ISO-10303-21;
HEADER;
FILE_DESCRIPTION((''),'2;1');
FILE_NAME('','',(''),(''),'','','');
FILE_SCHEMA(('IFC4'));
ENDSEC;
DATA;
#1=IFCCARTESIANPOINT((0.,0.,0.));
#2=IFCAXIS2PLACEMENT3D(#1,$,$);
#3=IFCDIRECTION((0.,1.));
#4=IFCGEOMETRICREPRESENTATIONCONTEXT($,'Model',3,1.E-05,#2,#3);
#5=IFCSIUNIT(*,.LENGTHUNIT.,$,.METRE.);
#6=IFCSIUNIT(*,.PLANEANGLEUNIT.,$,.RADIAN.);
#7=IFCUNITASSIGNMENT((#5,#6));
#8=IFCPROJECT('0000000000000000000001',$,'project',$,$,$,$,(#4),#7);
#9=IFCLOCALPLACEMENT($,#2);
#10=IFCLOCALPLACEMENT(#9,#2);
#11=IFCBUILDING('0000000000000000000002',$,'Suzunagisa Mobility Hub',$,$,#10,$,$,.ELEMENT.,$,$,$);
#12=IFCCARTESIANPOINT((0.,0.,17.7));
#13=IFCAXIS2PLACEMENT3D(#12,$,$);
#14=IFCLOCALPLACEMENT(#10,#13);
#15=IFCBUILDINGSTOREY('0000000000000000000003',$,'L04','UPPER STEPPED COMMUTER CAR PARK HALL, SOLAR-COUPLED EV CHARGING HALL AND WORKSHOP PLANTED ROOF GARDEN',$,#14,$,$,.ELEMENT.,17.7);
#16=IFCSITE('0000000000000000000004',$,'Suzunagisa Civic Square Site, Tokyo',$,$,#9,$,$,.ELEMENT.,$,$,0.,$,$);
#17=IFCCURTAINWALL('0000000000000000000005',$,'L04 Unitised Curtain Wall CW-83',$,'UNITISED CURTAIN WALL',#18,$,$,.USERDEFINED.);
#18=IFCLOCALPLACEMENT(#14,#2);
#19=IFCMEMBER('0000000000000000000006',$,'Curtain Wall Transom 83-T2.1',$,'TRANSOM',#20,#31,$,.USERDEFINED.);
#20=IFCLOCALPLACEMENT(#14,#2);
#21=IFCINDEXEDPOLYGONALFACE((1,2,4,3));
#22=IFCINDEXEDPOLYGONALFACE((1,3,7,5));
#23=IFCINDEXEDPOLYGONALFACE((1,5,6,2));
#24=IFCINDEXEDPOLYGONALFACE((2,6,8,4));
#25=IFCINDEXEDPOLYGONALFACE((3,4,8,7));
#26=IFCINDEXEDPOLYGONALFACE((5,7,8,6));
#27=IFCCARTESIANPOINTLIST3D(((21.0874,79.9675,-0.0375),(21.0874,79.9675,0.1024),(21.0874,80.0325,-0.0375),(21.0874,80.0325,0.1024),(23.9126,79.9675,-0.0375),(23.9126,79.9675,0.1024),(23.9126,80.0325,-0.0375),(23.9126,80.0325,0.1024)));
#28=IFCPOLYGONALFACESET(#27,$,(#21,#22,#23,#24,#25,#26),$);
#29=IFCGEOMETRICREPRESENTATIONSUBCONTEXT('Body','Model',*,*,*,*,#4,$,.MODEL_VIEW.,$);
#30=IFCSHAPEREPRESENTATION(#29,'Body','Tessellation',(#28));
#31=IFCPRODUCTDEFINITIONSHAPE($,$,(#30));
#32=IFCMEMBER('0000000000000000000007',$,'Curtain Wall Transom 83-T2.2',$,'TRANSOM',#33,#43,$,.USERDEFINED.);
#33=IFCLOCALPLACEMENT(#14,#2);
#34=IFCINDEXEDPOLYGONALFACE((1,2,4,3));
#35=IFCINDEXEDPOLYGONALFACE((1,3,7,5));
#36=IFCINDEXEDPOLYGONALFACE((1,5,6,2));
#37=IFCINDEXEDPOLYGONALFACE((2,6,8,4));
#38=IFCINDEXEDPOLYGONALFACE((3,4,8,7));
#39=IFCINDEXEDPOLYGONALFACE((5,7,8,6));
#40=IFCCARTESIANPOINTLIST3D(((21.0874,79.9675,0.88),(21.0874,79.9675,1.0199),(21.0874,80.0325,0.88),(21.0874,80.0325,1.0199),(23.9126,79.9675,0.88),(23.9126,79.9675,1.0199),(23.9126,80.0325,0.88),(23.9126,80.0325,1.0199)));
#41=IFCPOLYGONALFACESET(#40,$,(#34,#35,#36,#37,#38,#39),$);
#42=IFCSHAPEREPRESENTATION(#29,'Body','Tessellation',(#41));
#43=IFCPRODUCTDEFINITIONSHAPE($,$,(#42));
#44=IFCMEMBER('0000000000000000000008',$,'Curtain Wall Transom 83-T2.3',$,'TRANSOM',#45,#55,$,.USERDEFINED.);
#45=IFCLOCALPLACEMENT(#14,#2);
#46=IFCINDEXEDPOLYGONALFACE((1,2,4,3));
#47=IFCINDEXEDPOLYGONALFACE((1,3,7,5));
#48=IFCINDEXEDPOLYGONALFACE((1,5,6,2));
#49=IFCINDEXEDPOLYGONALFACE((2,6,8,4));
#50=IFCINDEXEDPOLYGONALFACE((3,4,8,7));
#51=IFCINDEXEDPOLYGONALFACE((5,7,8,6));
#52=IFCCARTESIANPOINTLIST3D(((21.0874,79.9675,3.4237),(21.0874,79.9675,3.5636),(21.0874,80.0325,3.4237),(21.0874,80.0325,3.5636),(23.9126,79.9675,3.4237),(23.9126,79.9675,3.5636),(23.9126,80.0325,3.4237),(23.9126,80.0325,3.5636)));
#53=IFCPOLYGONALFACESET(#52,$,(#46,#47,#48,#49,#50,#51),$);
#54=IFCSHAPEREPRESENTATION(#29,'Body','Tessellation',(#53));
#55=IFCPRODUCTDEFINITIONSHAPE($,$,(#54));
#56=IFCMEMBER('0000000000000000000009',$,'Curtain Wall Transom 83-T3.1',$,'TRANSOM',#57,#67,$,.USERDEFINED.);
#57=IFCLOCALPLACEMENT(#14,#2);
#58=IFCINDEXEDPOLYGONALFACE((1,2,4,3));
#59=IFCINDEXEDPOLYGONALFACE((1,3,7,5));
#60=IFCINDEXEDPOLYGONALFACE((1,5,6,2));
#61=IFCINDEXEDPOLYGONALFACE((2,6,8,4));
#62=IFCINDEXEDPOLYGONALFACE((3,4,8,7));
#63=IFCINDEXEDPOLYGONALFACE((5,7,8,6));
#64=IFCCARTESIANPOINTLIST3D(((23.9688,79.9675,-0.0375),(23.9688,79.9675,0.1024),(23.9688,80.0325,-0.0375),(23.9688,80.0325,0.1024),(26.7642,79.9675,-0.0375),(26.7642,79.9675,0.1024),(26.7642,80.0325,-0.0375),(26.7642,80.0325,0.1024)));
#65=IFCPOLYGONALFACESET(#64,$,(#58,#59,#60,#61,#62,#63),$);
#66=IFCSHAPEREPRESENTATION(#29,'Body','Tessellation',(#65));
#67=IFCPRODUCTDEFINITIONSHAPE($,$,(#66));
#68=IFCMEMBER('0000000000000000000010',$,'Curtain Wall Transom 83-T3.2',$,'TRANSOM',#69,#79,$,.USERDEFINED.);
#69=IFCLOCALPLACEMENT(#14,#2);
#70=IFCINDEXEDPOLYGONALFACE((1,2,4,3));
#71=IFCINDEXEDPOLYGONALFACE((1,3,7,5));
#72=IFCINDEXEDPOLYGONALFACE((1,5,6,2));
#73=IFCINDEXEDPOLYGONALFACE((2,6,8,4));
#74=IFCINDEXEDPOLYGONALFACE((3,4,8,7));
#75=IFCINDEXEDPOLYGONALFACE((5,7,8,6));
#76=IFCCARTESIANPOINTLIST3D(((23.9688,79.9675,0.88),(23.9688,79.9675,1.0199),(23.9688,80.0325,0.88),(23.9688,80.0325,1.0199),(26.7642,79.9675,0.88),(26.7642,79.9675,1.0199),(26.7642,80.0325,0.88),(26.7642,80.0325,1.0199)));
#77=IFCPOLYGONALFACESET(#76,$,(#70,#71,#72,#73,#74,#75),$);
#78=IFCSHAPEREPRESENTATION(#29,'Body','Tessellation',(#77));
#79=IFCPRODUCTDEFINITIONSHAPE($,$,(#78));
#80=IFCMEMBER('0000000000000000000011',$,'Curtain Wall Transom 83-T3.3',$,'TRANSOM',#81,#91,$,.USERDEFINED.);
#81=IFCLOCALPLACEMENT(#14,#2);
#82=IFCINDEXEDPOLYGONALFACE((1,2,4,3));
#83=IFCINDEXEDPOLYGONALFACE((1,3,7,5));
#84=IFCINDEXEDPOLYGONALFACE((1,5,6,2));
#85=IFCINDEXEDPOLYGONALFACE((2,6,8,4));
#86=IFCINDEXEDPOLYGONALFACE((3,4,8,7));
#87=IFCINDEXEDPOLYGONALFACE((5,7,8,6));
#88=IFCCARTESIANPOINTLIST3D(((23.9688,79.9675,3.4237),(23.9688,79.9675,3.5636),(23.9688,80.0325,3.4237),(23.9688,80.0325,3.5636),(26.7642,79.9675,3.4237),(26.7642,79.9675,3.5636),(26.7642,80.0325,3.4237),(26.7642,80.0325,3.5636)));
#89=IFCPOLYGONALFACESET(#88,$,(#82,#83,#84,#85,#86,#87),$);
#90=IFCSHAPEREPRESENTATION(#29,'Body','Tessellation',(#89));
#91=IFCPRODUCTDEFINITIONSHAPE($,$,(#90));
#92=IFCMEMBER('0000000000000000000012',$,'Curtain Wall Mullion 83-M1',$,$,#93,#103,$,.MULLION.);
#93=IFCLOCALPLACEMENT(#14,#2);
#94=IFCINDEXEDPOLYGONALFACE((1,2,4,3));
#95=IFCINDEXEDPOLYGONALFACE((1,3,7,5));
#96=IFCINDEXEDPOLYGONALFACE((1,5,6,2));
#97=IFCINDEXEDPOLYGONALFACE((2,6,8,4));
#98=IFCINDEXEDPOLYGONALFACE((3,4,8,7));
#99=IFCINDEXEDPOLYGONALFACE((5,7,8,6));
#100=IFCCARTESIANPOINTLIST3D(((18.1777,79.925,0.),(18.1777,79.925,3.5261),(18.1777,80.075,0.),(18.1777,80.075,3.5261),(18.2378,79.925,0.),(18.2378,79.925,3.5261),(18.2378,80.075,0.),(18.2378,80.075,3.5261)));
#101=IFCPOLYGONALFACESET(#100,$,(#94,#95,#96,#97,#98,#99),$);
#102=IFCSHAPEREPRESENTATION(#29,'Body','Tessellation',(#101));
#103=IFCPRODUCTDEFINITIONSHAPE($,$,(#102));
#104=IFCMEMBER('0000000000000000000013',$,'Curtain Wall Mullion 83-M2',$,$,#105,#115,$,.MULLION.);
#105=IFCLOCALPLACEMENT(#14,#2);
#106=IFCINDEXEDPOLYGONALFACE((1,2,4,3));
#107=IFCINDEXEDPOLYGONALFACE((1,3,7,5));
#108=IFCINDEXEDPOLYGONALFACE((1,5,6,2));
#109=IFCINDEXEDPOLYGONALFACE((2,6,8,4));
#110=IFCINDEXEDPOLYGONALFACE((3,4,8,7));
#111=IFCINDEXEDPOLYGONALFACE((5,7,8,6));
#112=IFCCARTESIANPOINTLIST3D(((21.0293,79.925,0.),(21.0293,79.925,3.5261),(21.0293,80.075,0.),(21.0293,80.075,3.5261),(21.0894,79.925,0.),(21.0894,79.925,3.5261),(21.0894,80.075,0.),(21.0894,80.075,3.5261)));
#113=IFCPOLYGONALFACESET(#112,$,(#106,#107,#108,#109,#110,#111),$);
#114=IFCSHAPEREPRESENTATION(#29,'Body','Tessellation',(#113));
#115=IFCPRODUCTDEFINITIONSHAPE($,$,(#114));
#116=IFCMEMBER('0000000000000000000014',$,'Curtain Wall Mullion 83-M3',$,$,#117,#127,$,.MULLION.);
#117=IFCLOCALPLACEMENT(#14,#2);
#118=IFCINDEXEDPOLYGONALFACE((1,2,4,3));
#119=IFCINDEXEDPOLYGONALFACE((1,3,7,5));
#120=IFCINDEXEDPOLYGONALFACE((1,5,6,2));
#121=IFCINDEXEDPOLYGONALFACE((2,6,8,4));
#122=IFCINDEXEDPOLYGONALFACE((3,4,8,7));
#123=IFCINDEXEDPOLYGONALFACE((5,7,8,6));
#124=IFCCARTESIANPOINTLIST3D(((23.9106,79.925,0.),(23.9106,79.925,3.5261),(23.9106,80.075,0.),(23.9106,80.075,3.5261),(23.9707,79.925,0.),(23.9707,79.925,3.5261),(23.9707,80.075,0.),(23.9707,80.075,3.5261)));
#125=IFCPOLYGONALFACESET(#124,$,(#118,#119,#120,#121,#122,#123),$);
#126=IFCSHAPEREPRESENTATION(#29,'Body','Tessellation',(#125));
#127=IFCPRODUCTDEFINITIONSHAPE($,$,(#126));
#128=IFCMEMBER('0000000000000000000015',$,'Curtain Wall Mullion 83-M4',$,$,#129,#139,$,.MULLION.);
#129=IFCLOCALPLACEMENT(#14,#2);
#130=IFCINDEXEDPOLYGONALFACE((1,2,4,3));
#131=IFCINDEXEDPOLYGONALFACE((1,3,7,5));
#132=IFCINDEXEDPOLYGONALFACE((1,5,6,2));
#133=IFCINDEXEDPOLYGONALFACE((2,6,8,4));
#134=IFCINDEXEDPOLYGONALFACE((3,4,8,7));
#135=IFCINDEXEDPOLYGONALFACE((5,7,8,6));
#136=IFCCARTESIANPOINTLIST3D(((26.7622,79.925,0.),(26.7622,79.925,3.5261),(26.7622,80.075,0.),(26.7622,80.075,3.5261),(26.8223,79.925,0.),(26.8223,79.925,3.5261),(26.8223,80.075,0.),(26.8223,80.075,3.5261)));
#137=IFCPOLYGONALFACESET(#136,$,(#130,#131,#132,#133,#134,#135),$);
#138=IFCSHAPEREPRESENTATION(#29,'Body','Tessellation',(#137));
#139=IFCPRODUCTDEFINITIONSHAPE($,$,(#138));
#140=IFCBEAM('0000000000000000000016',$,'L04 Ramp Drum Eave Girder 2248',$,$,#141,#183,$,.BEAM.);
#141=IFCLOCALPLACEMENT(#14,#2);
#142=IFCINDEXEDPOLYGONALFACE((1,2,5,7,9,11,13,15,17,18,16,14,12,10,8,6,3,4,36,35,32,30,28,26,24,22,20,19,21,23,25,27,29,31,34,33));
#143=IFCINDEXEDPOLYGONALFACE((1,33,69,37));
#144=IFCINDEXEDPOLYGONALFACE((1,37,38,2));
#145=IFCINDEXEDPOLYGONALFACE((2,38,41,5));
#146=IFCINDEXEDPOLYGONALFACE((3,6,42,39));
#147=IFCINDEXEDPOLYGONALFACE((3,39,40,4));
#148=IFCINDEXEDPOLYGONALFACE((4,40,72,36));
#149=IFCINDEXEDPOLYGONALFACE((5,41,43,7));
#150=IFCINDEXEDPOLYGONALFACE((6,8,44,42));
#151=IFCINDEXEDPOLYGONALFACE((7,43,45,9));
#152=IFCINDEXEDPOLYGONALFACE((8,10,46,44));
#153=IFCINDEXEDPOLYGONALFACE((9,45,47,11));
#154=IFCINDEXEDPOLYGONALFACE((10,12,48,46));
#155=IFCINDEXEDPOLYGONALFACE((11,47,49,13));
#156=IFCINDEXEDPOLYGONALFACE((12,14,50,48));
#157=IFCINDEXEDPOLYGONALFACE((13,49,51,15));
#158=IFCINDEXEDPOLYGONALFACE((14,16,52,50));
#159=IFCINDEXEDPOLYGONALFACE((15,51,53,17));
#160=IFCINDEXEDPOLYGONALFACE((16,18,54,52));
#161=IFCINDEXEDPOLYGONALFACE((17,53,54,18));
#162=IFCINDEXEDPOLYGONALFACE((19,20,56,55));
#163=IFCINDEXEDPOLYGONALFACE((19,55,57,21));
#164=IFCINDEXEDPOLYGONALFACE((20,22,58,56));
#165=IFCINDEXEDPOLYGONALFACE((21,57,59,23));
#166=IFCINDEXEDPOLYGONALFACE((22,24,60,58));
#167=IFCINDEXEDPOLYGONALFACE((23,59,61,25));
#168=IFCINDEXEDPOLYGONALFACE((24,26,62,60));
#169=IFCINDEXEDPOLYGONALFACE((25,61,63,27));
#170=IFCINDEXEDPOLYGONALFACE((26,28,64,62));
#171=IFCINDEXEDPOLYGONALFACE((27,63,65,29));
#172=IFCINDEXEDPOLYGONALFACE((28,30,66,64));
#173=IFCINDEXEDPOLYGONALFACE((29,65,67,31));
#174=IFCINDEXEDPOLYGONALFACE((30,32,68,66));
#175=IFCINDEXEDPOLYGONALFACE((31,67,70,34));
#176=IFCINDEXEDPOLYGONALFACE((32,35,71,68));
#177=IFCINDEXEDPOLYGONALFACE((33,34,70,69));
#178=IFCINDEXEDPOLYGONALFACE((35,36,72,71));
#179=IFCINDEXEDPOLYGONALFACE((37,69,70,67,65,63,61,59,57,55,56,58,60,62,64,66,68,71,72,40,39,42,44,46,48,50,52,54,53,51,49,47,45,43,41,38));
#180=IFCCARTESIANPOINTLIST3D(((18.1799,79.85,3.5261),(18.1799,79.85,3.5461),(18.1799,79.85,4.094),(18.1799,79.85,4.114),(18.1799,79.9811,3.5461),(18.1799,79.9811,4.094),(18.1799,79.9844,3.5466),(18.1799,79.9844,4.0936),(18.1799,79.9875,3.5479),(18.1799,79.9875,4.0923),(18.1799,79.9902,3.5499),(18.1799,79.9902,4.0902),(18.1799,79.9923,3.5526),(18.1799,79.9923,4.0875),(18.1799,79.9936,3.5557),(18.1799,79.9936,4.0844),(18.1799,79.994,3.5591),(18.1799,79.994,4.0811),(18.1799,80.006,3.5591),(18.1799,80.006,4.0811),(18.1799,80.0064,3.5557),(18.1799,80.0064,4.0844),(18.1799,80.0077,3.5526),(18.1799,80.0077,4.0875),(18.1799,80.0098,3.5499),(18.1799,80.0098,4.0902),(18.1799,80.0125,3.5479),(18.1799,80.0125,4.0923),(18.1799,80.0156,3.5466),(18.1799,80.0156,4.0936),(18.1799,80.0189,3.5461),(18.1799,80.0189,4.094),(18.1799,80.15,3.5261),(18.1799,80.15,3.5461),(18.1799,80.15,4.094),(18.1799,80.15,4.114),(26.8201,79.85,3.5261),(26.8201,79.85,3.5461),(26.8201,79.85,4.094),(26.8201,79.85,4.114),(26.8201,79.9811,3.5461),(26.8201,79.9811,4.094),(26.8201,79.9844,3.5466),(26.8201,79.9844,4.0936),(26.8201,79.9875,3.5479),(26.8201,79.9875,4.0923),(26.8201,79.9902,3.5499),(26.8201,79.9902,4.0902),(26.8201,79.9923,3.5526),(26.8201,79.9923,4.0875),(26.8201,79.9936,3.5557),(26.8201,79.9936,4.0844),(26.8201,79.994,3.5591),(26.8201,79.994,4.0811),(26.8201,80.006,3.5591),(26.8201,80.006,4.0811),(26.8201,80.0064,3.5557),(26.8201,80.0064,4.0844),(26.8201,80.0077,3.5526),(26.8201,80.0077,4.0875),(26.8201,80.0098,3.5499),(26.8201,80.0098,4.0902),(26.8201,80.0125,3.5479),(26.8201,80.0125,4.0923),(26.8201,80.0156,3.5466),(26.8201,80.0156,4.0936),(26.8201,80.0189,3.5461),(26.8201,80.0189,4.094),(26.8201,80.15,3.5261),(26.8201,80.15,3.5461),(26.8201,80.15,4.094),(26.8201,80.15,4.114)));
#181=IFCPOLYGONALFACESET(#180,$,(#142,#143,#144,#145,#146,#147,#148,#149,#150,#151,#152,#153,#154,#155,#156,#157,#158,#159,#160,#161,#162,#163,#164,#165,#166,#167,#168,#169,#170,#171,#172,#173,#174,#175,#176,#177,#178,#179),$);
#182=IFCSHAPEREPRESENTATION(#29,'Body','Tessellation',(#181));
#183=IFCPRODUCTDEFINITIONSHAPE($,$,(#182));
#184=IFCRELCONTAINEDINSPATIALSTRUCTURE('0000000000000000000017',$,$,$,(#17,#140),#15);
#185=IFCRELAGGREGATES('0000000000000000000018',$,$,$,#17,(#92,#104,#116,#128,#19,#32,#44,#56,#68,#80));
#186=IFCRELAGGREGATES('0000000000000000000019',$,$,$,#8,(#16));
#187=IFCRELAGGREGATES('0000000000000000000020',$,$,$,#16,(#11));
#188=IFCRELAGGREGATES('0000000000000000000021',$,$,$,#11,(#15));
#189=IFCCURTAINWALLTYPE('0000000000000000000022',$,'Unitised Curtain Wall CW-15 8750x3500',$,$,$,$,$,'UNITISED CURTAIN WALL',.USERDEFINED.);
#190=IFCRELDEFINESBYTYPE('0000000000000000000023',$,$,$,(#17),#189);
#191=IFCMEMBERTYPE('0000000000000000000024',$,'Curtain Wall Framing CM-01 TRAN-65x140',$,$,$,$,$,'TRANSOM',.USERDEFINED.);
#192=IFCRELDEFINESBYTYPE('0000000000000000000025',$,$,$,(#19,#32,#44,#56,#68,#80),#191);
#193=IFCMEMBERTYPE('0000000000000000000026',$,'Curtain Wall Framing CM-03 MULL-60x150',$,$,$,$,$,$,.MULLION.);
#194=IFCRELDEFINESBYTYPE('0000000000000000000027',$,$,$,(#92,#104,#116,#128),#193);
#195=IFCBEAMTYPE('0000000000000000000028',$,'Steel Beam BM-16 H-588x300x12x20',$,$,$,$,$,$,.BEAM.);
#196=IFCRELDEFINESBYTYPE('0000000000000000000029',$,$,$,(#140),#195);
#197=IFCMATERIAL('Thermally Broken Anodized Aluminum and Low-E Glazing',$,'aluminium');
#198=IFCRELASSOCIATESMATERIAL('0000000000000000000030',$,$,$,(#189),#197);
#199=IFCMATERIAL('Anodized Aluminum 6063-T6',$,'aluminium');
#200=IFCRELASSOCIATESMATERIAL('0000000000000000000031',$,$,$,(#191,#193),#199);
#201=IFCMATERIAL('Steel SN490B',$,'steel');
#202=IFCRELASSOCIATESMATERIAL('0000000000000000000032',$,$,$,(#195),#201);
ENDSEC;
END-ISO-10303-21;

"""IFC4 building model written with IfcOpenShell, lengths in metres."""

from ifc_helpers import new_model, si_unit, direction, frame, origin, origin_2d, place, context, subcontext, project, spatial, rectangle, i_section, extrude, material, material_profile, profile_set, type_object, element, aggregate, save


model = new_model("IFC4")

# Units and contexts
model_context = context("Model", 3, precision=1e-05, world=origin(), true_north=direction((0.0, 1.0)))
body_context = subcontext(model_context, "Body", "Model", "MODEL_VIEW")
ifc_project = project(units=[si_unit("LENGTHUNIT", "METRE"), si_unit("PLANEANGLEUNIT", "RADIAN")], contexts=[model_context])

# Site, building, storey
site_placement = place(None, origin())
site = spatial("IfcSite", under=ifc_project, at=site_placement, Name="Suzunagisa Civic Square Site, Tokyo", CompositionType="ELEMENT", RefElevation=0.0)
building_placement = place(site_placement, origin())
building = spatial("IfcBuilding", under=site, at=building_placement, Name="Suzunagisa Mobility Hub", CompositionType="ELEMENT")
storey_placement = place(building_placement, frame((0.0, 0.0, 17.7)))
storey = spatial("IfcBuildingStorey", under=building, at=storey_placement, Name="L04", Description="UPPER STEPPED COMMUTER CAR PARK HALL, SOLAR-COUPLED EV CHARGING HALL AND WORKSHOP PLANTED ROOF GARDEN", CompositionType="ELEMENT", Elevation=17.7)

# Shared definitions
ifc_material_1 = material(Name="Steel SN490B", Category="steel")

# Curtain wall, members
ifc_material_2 = material(Name="Thermally Broken Anodized Aluminum and Low-E Glazing", Category="aluminium")
curtain_wall_type = type_object("IfcCurtainWallType", Name="Unitised Curtain Wall CW-15 8750x3500", ElementType="UNITISED CURTAIN WALL", PredefinedType="USERDEFINED", material=ifc_material_2)
curtain_wall_placement = place(storey_placement, origin())
curtain_wall = element("IfcCurtainWall", 1, at=curtain_wall_placement, inside=storey, type_object=curtain_wall_type, Name="L04 Unitised Curtain Wall CW-83", ObjectType="UNITISED CURTAIN WALL", PredefinedType="USERDEFINED")
ifc_material_3 = material(Name="Anodized Aluminum 6063-T6", Category="aluminium")
ifc_material_profile_1 = material_profile(ifc_material_3, rectangle(XDim=0.0649, YDim=0.1399, at=origin_2d()), Name="TRAN-65x140")
ifc_profile_set_1 = profile_set([ifc_material_profile_1], Name="Anodized Aluminum 6063-T6")
member_type_1 = type_object("IfcMemberType", Name="Curtain Wall Framing CM-01 TRAN-65x140", ElementType="TRANSOM", PredefinedType="USERDEFINED", material=ifc_profile_set_1)
member_1_placement = place(storey_placement, frame((21.0874, 80.0, 0.0325), z_axis=(1.0, 0.0, 0.0), x_axis=(0.0, 1.0, 0.0)))
member_1 = element("IfcMember", 2, at=member_1_placement, type_object=member_type_1, Name="Curtain Wall Transom 83-T2.1", ObjectType="TRANSOM", PredefinedType="USERDEFINED", context=body_context, shape_type="SweptSolid", body=[
    extrude(rectangle(XDim=0.0649, YDim=0.1399, at=origin_2d()), origin(), (0.0, 0.0, 1.0), 2.8252),
])
member_2_placement = place(storey_placement, frame((21.0874, 80.0, 0.95), z_axis=(1.0, 0.0, 0.0), x_axis=(0.0, 1.0, 0.0)))
member_2 = element("IfcMember", 3, at=member_2_placement, type_object=member_type_1, Name="Curtain Wall Transom 83-T2.2", ObjectType="TRANSOM", PredefinedType="USERDEFINED", context=body_context, shape_type="SweptSolid", body=[
    extrude(rectangle(XDim=0.0649, YDim=0.1399, at=origin_2d()), origin(), (0.0, 0.0, 1.0), 2.8252),
])
member_3_placement = place(storey_placement, frame((21.0874, 80.0, 3.4937), z_axis=(1.0, 0.0, 0.0), x_axis=(0.0, 1.0, 0.0)))
member_3 = element("IfcMember", 4, at=member_3_placement, type_object=member_type_1, Name="Curtain Wall Transom 83-T2.3", ObjectType="TRANSOM", PredefinedType="USERDEFINED", context=body_context, shape_type="SweptSolid", body=[
    extrude(rectangle(XDim=0.0649, YDim=0.1399, at=origin_2d()), origin(), (0.0, 0.0, 1.0), 2.8252),
])
member_4_placement = place(storey_placement, frame((23.9688, 80.0, 0.0325), z_axis=(1.0, 0.0, 0.0), x_axis=(0.0, 1.0, 0.0)))
member_4 = element("IfcMember", 5, at=member_4_placement, type_object=member_type_1, Name="Curtain Wall Transom 83-T3.1", ObjectType="TRANSOM", PredefinedType="USERDEFINED", context=body_context, shape_type="SweptSolid", body=[
    extrude(rectangle(XDim=0.0649, YDim=0.1399, at=origin_2d()), origin(), (0.0, 0.0, 1.0), 2.7954),
])
member_5_placement = place(storey_placement, frame((23.9688, 80.0, 0.95), z_axis=(1.0, 0.0, 0.0), x_axis=(0.0, 1.0, 0.0)))
member_5 = element("IfcMember", 6, at=member_5_placement, type_object=member_type_1, Name="Curtain Wall Transom 83-T3.2", ObjectType="TRANSOM", PredefinedType="USERDEFINED", context=body_context, shape_type="SweptSolid", body=[
    extrude(rectangle(XDim=0.0649, YDim=0.1399, at=origin_2d()), origin(), (0.0, 0.0, 1.0), 2.7954),
])
member_6_placement = place(storey_placement, frame((23.9688, 80.0, 3.4937), z_axis=(1.0, 0.0, 0.0), x_axis=(0.0, 1.0, 0.0)))
member_6 = element("IfcMember", 7, at=member_6_placement, type_object=member_type_1, Name="Curtain Wall Transom 83-T3.3", ObjectType="TRANSOM", PredefinedType="USERDEFINED", context=body_context, shape_type="SweptSolid", body=[
    extrude(rectangle(XDim=0.0649, YDim=0.1399, at=origin_2d()), origin(), (0.0, 0.0, 1.0), 2.7954),
])
ifc_material_profile_2 = material_profile(ifc_material_3, rectangle(XDim=0.0601, YDim=0.1499, at=origin_2d()), Name="MULL-60x150")
ifc_profile_set_2 = profile_set([ifc_material_profile_2], Name="Anodized Aluminum 6063-T6")
member_type_2 = type_object("IfcMemberType", Name="Curtain Wall Framing CM-03 MULL-60x150", PredefinedType="MULLION", material=ifc_profile_set_2)
member_7_placement = place(storey_placement, frame((18.2078, 80.0, 0.0), z_axis=(0.0, 0.0, 1.0), x_axis=(1.0, 0.0, 0.0)))
member_7 = element("IfcMember", 8, at=member_7_placement, type_object=member_type_2, Name="Curtain Wall Mullion 83-M1", PredefinedType="MULLION", context=body_context, shape_type="SweptSolid", body=[
    extrude(rectangle(XDim=0.0601, YDim=0.1499, at=origin_2d()), origin(), (0.0, 0.0, 1.0), 3.5261),
])
member_8_placement = place(storey_placement, frame((21.0593, 80.0, 0.0), z_axis=(0.0, 0.0, 1.0), x_axis=(1.0, 0.0, 0.0)))
member_8 = element("IfcMember", 9, at=member_8_placement, type_object=member_type_2, Name="Curtain Wall Mullion 83-M2", PredefinedType="MULLION", context=body_context, shape_type="SweptSolid", body=[
    extrude(rectangle(XDim=0.0601, YDim=0.1499, at=origin_2d()), origin(), (0.0, 0.0, 1.0), 3.5261),
])
member_9_placement = place(storey_placement, frame((23.9407, 80.0, 0.0), z_axis=(0.0, 0.0, 1.0), x_axis=(1.0, 0.0, 0.0)))
member_9 = element("IfcMember", 10, at=member_9_placement, type_object=member_type_2, Name="Curtain Wall Mullion 83-M3", PredefinedType="MULLION", context=body_context, shape_type="SweptSolid", body=[
    extrude(rectangle(XDim=0.0601, YDim=0.1499, at=origin_2d()), origin(), (0.0, 0.0, 1.0), 3.5261),
])
member_10_placement = place(storey_placement, frame((26.7922, 80.0, 0.0), z_axis=(0.0, 0.0, 1.0), x_axis=(1.0, 0.0, 0.0)))
member_10 = element("IfcMember", 11, at=member_10_placement, type_object=member_type_2, Name="Curtain Wall Mullion 83-M4", PredefinedType="MULLION", context=body_context, shape_type="SweptSolid", body=[
    extrude(rectangle(XDim=0.0601, YDim=0.1499, at=origin_2d()), origin(), (0.0, 0.0, 1.0), 3.5261),
])

# Beam
ifc_material_profile_3 = material_profile(ifc_material_1, i_section(OverallWidth=0.3, OverallDepth=0.5879, WebThickness=0.012, FlangeThickness=0.02, FilletRadius=0.0129, at=origin_2d()), Name="H-588x300x12x20")
ifc_profile_set_3 = profile_set([ifc_material_profile_3], Name="Steel SN490B")
beam_type = type_object("IfcBeamType", Name="Steel Beam BM-16 H-588x300x12x20", PredefinedType="BEAM", material=ifc_profile_set_3)
for number, where, z_axis, x_axis, name in (
    (12, (18.1799, 80.0, 3.8201), (1.0, 0.0, 0.0), (0.0, 1.0, 0.0), "L04 Ramp Drum Eave Girder 2248"),
):
    element("IfcBeam", number, at=place(storey_placement, frame(where, z_axis=z_axis, x_axis=x_axis)), inside=storey, type_object=beam_type, Name=name, PredefinedType="BEAM", context=body_context, shape_type="SweptSolid", body=[
        extrude(i_section(OverallWidth=0.3, OverallDepth=0.5879, WebThickness=0.012, FlangeThickness=0.02, FilletRadius=0.0129, at=origin_2d()), origin(), (0.0, 0.0, 1.0), 8.6401),
    ])

aggregate(curtain_wall, [member_7, member_8, member_9, member_10, member_1, member_2, member_3, member_4, member_5, member_6])

save(model, "model.ifc")
